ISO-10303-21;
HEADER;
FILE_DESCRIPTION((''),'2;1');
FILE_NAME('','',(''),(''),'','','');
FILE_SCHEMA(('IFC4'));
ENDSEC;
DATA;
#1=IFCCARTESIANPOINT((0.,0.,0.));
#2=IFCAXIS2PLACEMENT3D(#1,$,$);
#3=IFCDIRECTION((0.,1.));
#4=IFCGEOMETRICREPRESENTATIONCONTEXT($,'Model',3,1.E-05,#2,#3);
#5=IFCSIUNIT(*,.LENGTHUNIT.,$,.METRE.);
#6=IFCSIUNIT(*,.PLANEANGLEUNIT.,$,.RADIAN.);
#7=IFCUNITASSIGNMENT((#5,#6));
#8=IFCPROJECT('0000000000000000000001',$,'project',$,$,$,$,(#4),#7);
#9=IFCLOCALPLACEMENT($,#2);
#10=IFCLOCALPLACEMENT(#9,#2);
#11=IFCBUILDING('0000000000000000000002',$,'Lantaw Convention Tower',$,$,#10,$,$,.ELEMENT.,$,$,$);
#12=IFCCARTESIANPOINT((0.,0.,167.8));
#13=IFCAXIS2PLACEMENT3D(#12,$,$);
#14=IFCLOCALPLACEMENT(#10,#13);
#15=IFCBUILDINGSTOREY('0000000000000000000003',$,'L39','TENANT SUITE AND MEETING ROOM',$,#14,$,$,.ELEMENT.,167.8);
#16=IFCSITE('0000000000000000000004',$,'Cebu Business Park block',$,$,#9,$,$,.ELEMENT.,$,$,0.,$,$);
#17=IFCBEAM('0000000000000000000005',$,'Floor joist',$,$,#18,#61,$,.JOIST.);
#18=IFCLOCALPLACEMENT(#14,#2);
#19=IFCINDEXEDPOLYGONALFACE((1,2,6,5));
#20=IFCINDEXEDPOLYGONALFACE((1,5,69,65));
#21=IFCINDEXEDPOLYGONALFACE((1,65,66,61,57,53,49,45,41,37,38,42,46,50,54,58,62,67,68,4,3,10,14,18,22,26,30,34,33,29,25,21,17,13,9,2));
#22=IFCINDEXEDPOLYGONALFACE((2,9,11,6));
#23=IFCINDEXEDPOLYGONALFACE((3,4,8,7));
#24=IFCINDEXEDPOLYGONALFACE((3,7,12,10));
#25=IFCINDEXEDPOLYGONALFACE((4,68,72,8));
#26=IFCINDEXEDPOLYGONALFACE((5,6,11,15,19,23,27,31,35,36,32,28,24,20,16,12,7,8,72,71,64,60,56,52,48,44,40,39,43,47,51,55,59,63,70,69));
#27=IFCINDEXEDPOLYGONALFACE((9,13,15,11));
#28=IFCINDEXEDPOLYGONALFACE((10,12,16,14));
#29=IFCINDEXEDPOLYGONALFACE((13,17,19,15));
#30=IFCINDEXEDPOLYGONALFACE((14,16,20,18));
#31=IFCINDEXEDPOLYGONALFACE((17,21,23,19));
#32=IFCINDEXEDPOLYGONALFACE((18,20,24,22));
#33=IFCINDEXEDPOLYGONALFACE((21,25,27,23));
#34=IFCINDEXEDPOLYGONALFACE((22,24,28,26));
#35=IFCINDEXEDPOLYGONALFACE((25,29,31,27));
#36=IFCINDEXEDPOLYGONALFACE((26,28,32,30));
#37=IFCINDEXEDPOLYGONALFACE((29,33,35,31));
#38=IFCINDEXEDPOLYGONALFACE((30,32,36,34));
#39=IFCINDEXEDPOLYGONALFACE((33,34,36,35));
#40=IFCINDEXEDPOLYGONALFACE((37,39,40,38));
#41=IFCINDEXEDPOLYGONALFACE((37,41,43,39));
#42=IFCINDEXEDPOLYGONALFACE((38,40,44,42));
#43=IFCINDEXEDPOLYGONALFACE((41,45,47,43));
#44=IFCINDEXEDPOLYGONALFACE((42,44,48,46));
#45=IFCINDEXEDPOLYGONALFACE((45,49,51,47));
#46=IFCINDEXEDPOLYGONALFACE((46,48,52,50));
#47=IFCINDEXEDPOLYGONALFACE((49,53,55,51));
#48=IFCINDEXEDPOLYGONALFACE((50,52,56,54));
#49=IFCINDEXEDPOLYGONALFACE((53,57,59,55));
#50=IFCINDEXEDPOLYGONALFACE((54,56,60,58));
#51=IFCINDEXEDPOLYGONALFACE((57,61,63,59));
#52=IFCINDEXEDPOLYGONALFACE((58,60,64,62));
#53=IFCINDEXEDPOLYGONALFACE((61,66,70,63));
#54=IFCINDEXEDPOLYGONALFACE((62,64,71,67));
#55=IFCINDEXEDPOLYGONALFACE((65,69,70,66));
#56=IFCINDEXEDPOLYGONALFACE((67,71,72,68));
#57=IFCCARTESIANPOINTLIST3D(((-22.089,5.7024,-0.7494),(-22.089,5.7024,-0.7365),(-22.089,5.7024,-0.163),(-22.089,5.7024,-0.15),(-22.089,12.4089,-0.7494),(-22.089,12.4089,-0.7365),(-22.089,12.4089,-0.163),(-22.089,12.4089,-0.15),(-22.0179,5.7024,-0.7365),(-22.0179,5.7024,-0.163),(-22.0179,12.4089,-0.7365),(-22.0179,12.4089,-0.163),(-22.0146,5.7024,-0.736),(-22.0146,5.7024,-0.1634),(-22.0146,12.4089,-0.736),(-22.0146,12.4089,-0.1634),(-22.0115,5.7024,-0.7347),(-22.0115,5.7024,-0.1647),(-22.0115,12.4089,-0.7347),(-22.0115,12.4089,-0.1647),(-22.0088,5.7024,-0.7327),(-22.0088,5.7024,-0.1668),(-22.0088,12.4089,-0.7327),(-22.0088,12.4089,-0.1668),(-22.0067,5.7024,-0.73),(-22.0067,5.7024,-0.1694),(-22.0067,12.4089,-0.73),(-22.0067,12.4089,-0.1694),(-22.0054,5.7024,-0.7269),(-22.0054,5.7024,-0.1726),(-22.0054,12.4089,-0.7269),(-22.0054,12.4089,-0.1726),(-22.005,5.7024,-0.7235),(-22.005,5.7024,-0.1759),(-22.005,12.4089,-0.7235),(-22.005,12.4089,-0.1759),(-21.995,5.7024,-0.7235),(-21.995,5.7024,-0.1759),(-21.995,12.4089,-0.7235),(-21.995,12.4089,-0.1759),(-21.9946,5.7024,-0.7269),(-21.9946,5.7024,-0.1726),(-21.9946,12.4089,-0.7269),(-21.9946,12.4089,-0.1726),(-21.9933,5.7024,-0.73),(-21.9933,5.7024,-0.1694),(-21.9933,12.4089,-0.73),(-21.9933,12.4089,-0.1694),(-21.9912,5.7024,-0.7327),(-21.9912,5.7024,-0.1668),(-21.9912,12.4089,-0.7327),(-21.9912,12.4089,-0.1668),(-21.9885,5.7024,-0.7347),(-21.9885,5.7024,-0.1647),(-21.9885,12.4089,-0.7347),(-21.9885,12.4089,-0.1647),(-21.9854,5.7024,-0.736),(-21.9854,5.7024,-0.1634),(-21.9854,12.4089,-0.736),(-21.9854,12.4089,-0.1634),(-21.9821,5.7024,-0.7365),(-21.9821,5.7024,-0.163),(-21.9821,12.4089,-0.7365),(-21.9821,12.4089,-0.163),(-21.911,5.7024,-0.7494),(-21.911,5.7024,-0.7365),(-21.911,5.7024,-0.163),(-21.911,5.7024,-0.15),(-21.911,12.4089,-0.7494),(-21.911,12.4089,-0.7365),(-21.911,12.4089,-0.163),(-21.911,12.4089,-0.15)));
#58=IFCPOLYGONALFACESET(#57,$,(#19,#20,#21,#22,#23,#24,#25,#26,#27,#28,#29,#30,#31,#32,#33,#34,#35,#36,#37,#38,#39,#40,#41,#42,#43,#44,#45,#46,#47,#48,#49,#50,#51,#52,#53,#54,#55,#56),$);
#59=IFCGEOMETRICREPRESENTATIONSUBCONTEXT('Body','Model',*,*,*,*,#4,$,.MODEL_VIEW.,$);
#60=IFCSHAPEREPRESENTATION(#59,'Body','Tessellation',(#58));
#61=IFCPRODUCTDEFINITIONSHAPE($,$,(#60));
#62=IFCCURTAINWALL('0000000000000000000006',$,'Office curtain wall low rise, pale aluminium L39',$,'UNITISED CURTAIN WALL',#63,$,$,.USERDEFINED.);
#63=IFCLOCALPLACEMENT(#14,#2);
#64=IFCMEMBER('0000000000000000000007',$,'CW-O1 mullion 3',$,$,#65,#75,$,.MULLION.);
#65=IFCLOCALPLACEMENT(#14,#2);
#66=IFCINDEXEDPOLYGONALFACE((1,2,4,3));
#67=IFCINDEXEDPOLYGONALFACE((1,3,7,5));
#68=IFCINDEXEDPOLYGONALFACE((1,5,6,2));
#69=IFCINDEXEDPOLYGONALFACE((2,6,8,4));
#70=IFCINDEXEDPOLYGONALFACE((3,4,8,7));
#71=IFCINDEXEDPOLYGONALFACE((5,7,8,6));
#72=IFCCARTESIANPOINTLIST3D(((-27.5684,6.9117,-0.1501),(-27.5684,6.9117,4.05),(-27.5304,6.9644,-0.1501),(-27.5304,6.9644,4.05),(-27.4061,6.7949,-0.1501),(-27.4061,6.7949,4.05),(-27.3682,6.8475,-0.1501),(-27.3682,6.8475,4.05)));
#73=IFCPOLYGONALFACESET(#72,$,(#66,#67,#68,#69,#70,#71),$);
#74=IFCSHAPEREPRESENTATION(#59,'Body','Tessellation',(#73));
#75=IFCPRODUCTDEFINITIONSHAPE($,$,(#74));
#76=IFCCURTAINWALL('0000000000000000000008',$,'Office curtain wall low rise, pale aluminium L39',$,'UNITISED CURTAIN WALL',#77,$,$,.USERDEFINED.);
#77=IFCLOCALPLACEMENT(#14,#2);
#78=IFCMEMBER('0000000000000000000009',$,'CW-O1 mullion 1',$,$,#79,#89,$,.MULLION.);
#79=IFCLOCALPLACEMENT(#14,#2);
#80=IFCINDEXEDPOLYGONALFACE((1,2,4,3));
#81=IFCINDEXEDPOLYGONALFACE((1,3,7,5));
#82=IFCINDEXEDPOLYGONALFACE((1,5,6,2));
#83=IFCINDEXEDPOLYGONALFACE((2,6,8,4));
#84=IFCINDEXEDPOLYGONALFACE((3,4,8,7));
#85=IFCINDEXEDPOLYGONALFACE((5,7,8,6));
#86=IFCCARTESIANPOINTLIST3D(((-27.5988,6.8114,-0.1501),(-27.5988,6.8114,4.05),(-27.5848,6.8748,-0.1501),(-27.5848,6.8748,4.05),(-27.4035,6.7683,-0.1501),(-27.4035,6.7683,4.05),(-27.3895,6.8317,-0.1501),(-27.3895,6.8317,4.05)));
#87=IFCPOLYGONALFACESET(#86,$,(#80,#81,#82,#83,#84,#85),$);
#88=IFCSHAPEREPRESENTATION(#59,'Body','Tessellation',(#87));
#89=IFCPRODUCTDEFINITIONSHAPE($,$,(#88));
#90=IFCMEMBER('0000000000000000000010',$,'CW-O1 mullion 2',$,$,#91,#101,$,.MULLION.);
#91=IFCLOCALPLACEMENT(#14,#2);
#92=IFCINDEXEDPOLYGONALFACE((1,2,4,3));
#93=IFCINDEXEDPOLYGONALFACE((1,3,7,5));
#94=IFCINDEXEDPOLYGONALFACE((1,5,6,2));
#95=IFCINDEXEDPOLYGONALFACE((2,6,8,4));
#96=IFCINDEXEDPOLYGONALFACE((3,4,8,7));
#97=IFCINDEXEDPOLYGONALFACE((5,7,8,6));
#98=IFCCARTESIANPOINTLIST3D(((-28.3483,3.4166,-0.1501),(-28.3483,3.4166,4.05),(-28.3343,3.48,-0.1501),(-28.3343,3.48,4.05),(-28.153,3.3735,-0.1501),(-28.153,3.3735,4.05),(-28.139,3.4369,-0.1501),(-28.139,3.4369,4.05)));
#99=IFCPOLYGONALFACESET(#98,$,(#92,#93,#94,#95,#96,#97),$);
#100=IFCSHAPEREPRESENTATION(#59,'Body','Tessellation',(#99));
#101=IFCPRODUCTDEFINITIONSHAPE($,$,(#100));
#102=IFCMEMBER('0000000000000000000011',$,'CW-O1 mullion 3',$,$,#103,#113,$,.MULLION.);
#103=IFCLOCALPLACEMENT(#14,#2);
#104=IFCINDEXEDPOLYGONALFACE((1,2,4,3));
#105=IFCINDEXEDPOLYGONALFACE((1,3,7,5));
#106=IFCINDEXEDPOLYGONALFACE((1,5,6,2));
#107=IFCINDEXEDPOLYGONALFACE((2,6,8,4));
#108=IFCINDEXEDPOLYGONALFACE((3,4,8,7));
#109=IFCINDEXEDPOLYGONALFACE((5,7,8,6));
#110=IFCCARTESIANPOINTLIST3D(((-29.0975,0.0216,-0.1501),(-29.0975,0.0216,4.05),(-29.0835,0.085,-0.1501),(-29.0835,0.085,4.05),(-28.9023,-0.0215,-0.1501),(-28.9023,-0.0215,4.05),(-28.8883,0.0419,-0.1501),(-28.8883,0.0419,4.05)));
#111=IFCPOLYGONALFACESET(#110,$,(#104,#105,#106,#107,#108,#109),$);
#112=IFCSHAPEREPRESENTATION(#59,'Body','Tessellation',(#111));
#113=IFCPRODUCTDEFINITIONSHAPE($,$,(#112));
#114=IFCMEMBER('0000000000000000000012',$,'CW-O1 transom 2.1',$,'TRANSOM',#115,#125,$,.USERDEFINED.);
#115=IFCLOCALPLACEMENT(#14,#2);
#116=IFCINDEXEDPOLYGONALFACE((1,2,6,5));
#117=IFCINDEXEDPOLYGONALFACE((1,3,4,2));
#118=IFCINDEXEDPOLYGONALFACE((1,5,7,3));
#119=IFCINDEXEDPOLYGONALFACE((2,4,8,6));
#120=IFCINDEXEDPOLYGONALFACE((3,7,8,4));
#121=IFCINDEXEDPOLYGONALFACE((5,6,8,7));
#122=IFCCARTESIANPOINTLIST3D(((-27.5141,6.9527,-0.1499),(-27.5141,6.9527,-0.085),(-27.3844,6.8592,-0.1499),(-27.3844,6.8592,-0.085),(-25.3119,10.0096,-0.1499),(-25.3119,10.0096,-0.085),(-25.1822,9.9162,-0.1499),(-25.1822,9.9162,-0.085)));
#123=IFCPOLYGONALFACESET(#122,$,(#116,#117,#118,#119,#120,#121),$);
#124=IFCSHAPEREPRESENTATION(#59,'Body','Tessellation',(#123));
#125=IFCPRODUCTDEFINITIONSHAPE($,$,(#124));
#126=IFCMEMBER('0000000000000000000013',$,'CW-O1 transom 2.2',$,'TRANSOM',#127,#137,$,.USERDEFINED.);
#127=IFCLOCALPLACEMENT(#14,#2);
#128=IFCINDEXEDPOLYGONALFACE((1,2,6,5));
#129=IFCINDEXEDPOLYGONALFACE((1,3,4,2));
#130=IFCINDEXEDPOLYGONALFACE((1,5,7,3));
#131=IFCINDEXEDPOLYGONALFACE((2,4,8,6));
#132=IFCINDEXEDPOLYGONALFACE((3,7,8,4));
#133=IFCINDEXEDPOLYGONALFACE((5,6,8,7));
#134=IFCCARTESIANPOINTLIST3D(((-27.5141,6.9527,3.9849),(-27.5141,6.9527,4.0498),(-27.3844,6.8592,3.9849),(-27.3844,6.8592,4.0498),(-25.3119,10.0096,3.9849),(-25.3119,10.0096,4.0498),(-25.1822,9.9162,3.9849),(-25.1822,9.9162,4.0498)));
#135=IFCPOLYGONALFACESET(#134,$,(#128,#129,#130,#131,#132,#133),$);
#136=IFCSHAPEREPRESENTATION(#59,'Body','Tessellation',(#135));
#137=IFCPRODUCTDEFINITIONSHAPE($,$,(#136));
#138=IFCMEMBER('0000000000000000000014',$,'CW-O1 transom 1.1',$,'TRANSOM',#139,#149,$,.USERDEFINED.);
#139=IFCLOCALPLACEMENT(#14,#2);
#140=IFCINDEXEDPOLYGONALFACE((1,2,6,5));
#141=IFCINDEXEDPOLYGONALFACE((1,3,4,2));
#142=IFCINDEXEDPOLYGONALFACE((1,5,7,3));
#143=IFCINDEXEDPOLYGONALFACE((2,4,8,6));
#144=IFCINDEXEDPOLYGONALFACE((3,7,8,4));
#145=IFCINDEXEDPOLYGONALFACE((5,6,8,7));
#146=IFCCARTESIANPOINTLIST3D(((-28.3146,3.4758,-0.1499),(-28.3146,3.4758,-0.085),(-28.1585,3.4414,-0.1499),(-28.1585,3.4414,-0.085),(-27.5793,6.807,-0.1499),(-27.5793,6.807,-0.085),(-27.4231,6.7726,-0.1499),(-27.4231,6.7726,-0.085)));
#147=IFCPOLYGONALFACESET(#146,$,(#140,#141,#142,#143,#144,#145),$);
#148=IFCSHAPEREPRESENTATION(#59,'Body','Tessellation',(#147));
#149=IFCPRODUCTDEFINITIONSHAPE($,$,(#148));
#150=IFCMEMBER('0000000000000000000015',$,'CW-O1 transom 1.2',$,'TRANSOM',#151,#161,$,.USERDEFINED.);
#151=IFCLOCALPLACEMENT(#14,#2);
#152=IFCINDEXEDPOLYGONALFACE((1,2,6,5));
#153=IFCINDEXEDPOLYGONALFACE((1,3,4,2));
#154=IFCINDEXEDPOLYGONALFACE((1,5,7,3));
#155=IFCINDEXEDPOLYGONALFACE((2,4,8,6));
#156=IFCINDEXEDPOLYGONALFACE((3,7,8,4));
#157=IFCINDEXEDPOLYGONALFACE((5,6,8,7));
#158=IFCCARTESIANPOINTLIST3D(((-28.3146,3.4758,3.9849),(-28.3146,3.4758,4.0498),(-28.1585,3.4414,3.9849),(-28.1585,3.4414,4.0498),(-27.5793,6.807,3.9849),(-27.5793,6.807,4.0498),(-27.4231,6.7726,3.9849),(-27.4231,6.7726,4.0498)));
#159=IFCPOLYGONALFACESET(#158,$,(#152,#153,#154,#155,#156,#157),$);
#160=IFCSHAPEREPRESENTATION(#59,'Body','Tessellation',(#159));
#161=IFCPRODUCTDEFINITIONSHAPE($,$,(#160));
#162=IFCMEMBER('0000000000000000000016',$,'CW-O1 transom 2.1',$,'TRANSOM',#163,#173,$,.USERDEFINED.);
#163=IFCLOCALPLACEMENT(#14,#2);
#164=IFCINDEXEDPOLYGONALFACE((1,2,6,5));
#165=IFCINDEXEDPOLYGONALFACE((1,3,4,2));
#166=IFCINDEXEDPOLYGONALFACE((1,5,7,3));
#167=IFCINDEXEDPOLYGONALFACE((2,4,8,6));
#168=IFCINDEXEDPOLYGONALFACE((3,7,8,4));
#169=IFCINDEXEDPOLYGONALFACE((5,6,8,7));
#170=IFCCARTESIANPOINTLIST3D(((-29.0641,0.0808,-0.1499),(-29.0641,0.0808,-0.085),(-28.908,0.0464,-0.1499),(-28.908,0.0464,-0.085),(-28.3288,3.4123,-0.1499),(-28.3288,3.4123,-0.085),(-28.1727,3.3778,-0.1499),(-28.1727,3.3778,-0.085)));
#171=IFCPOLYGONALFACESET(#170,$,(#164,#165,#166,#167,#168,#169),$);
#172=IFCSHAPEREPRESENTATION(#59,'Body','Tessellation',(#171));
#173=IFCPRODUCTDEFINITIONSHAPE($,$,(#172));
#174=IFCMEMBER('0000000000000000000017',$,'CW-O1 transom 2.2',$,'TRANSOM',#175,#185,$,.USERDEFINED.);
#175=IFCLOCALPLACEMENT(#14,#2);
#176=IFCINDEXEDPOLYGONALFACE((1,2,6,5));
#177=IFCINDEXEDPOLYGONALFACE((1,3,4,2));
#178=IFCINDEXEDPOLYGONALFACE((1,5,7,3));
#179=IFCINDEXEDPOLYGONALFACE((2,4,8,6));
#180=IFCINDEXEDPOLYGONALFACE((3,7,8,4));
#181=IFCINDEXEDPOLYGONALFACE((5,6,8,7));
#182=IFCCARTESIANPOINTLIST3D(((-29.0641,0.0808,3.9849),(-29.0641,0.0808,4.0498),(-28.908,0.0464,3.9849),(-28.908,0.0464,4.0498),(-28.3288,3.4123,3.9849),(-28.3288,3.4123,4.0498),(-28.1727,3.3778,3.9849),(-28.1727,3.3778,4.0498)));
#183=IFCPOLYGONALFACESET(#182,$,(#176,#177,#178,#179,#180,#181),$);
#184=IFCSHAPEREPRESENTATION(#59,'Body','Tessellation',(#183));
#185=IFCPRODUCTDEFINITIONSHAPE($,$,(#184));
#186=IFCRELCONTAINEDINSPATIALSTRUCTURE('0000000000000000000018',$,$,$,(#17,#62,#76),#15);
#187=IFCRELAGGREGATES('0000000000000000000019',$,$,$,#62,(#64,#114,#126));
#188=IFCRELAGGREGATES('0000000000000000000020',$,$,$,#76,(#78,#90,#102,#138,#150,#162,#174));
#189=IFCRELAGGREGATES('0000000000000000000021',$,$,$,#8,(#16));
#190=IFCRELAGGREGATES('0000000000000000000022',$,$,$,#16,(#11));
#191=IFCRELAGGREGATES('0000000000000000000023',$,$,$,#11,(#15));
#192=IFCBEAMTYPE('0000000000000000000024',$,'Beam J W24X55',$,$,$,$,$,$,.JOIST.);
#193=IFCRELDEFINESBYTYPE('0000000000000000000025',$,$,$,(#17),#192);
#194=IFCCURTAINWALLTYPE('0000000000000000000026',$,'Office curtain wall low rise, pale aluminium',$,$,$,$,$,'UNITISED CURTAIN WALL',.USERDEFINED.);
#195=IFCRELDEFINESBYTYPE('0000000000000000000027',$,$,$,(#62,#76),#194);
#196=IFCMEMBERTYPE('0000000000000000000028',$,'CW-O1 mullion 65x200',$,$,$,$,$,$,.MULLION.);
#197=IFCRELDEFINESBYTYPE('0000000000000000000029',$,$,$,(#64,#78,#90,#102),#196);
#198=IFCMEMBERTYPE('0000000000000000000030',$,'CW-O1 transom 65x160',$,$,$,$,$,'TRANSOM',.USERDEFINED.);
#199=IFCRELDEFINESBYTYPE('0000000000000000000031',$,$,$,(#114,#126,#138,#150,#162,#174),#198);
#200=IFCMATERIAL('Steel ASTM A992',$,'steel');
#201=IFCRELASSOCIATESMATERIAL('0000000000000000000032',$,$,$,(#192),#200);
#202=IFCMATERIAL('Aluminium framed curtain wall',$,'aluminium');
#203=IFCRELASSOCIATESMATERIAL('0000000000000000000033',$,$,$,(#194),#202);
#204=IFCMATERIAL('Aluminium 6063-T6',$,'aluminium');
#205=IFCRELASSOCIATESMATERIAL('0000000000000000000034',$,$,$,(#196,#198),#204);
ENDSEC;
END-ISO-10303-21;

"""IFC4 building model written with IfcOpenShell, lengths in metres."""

from ifc_helpers import new_model, si_unit, direction, frame, origin, origin_2d, place, context, subcontext, project, spatial, rectangle, i_section, extrude, material, material_profile, profile_set, type_object, element, aggregate, save


model = new_model("IFC4")

# Units and contexts
model_context = context("Model", 3, precision=1e-05, world=origin(), true_north=direction((0.0, 1.0)))
body_context = subcontext(model_context, "Body", "Model", "MODEL_VIEW")
ifc_project = project(units=[si_unit("LENGTHUNIT", "METRE"), si_unit("PLANEANGLEUNIT", "RADIAN")], contexts=[model_context])

# Site, building, storey
site_placement = place(None, origin())
site = spatial("IfcSite", under=ifc_project, at=site_placement, Name="Cebu Business Park block", CompositionType="ELEMENT", RefElevation=0.0)
building_placement = place(site_placement, origin())
building = spatial("IfcBuilding", under=site, at=building_placement, Name="Lantaw Convention Tower", CompositionType="ELEMENT")
storey_placement = place(building_placement, frame((0.0, 0.0, 167.8)))
storey = spatial("IfcBuildingStorey", under=building, at=storey_placement, Name="L39", Description="TENANT SUITE AND MEETING ROOM", CompositionType="ELEMENT", Elevation=167.8)

# Beam
ifc_material_1 = material(Name="Steel ASTM A992", Category="steel")
ifc_material_profile_1 = material_profile(ifc_material_1, i_section(OverallWidth=0.178, OverallDepth=0.5994, WebThickness=0.01, FlangeThickness=0.0129, FilletRadius=0.0129, at=origin_2d()), Name="W24X55")
ifc_profile_set_1 = profile_set([ifc_material_profile_1], Name="Steel ASTM A992")
beam_type_1 = type_object("IfcBeamType", Name="Beam J W24X55", PredefinedType="JOIST", material=ifc_profile_set_1)
beam_1_placement = place(storey_placement, frame((-22.0, 5.7024, -0.4497), z_axis=(0.0, 1.0, 0.0), x_axis=(-1.0, 0.0, 0.0)))
element("IfcBeam", 1, at=beam_1_placement, inside=storey, type_object=beam_type_1, Name="Floor joist", PredefinedType="JOIST", context=body_context, shape_type="SweptSolid", body=[
    extrude(i_section(OverallWidth=0.178, OverallDepth=0.5994, WebThickness=0.01, FlangeThickness=0.0129, FilletRadius=0.0129, at=origin_2d()), origin(), (0.0, 0.0, 1.0), 6.7065),
])

# Curtain wall, member
ifc_material_2 = material(Name="Aluminium framed curtain wall", Category="aluminium")
curtain_wall_type = type_object("IfcCurtainWallType", Name="Office curtain wall low rise, pale aluminium", ElementType="UNITISED CURTAIN WALL", PredefinedType="USERDEFINED", material=ifc_material_2)
curtain_wall_1_placement = place(storey_placement, origin())
curtain_wall_1 = element("IfcCurtainWall", 2, at=curtain_wall_1_placement, inside=storey, type_object=curtain_wall_type, Name="Office curtain wall low rise, pale aluminium L39", ObjectType="UNITISED CURTAIN WALL", PredefinedType="USERDEFINED")
ifc_material_3 = material(Name="Aluminium 6063-T6", Category="aluminium")
ifc_material_profile_2 = material_profile(ifc_material_3, rectangle(XDim=0.2, YDim=0.0649, at=origin_2d()), Name="CW-O1 mullion 65x200")
ifc_profile_set_2 = profile_set([ifc_material_profile_2], Name="Aluminium 6063-T6")
member_type_1 = type_object("IfcMemberType", Name="CW-O1 mullion 65x200", PredefinedType="MULLION", material=ifc_profile_set_2)
member_1_placement = place(storey_placement, frame((-27.4683, 6.8796, -0.1501), z_axis=(0.0, 0.0, 1.0), x_axis=(0.811385, -0.584513, 0.0)))
member_1 = element("IfcMember", 3, at=member_1_placement, type_object=member_type_1, Name="CW-O1 mullion 3", PredefinedType="MULLION", context=body_context, shape_type="SweptSolid", body=[
    extrude(rectangle(XDim=0.2, YDim=0.0649, at=origin_2d()), origin(), (0.0, 0.0, 1.0), 4.2002),
])

# Curtain wall, members
curtain_wall_2_placement = place(storey_placement, origin())
curtain_wall_2 = element("IfcCurtainWall", 4, at=curtain_wall_2_placement, inside=storey, type_object=curtain_wall_type, Name="Office curtain wall low rise, pale aluminium L39", ObjectType="UNITISED CURTAIN WALL", PredefinedType="USERDEFINED")
member_2_placement = place(storey_placement, frame((-27.4941, 6.8215, -0.1501), z_axis=(0.0, 0.0, 1.0), x_axis=(0.976494, -0.215546, 0.0)))
member_2 = element("IfcMember", 5, at=member_2_placement, type_object=member_type_1, Name="CW-O1 mullion 1", PredefinedType="MULLION", context=body_context, shape_type="SweptSolid", body=[
    extrude(rectangle(XDim=0.2, YDim=0.0649, at=origin_2d()), origin(), (0.0, 0.0, 1.0), 4.2002),
])
member_3_placement = place(storey_placement, frame((-28.2437, 3.4268, -0.1501), z_axis=(0.0, 0.0, 1.0), x_axis=(0.976494, -0.215546, 0.0)))
member_3 = element("IfcMember", 6, at=member_3_placement, type_object=member_type_1, Name="CW-O1 mullion 2", PredefinedType="MULLION", context=body_context, shape_type="SweptSolid", body=[
    extrude(rectangle(XDim=0.2, YDim=0.0649, at=origin_2d()), origin(), (0.0, 0.0, 1.0), 4.2002),
])
member_4_placement = place(storey_placement, frame((-28.9929, 0.0317, -0.1501), z_axis=(0.0, 0.0, 1.0), x_axis=(0.976494, -0.215546, 0.0)))
member_4 = element("IfcMember", 7, at=member_4_placement, type_object=member_type_1, Name="CW-O1 mullion 3", PredefinedType="MULLION", context=body_context, shape_type="SweptSolid", body=[
    extrude(rectangle(XDim=0.2, YDim=0.0649, at=origin_2d()), origin(), (0.0, 0.0, 1.0), 4.2002),
])

# Members
ifc_material_profile_3 = material_profile(ifc_material_3, rectangle(XDim=0.1599, YDim=0.0649, at=origin_2d()), Name="CW-O1 transom 65x160")
ifc_profile_set_3 = profile_set([ifc_material_profile_3], Name="Aluminium 6063-T6")
member_type_2 = type_object("IfcMemberType", Name="CW-O1 transom 65x160", ElementType="TRANSOM", PredefinedType="USERDEFINED", material=ifc_profile_set_3)
member_5_placement = place(storey_placement, frame((-25.2471, 9.9629, -0.1174), z_axis=(-0.584513, -0.811384, 0.0), x_axis=(0.811384, -0.584513, 0.0)))
member_5 = element("IfcMember", 8, at=member_5_placement, type_object=member_type_2, Name="CW-O1 transom 2.1", ObjectType="TRANSOM", PredefinedType="USERDEFINED", context=body_context, shape_type="SweptSolid", body=[
    extrude(rectangle(XDim=0.1599, YDim=0.0649, at=origin_2d()), origin(), (0.0, 0.0, 1.0), 3.7676),
])
member_6_placement = place(storey_placement, frame((-25.2471, 9.9629, 4.0173), z_axis=(-0.584513, -0.811384, 0.0), x_axis=(0.811384, -0.584513, 0.0)))
member_6 = element("IfcMember", 9, at=member_6_placement, type_object=member_type_2, Name="CW-O1 transom 2.2", ObjectType="TRANSOM", PredefinedType="USERDEFINED", context=body_context, shape_type="SweptSolid", body=[
    extrude(rectangle(XDim=0.1599, YDim=0.0649, at=origin_2d()), origin(), (0.0, 0.0, 1.0), 3.7676),
])
member_7_placement = place(storey_placement, frame((-27.5012, 6.7898, -0.1174), z_axis=(-0.215551, -0.976493, 0.0), x_axis=(0.976493, -0.215551, 0.0)))
member_7 = element("IfcMember", 10, at=member_7_placement, type_object=member_type_2, Name="CW-O1 transom 1.1", ObjectType="TRANSOM", PredefinedType="USERDEFINED", context=body_context, shape_type="SweptSolid", body=[
    extrude(rectangle(XDim=0.1599, YDim=0.0649, at=origin_2d()), origin(), (0.0, 0.0, 1.0), 3.4114),
])
member_8_placement = place(storey_placement, frame((-27.5012, 6.7898, 4.0173), z_axis=(-0.215551, -0.976493, 0.0), x_axis=(0.976493, -0.215551, 0.0)))
member_8 = element("IfcMember", 11, at=member_8_placement, type_object=member_type_2, Name="CW-O1 transom 1.2", ObjectType="TRANSOM", PredefinedType="USERDEFINED", context=body_context, shape_type="SweptSolid", body=[
    extrude(rectangle(XDim=0.1599, YDim=0.0649, at=origin_2d()), origin(), (0.0, 0.0, 1.0), 3.4114),
])
member_9_placement = place(storey_placement, frame((-28.2507, 3.395, -0.1174), z_axis=(-0.215536, -0.976496, 0.0), x_axis=(0.976496, -0.215536, 0.0)))
member_9 = element("IfcMember", 12, at=member_9_placement, type_object=member_type_2, Name="CW-O1 transom 2.1", ObjectType="TRANSOM", PredefinedType="USERDEFINED", context=body_context, shape_type="SweptSolid", body=[
    extrude(rectangle(XDim=0.1599, YDim=0.0649, at=origin_2d()), origin(), (0.0, 0.0, 1.0), 3.4116),
])
member_10_placement = place(storey_placement, frame((-28.2507, 3.395, 4.0173), z_axis=(-0.215536, -0.976496, 0.0), x_axis=(0.976496, -0.215536, 0.0)))
member_10 = element("IfcMember", 13, at=member_10_placement, type_object=member_type_2, Name="CW-O1 transom 2.2", ObjectType="TRANSOM", PredefinedType="USERDEFINED", context=body_context, shape_type="SweptSolid", body=[
    extrude(rectangle(XDim=0.1599, YDim=0.0649, at=origin_2d()), origin(), (0.0, 0.0, 1.0), 3.4116),
])

aggregate(curtain_wall_1, [member_1, member_5, member_6])
aggregate(curtain_wall_2, [member_2, member_3, member_4, member_7, member_8, member_9, member_10])

save(model, "model.ifc")
